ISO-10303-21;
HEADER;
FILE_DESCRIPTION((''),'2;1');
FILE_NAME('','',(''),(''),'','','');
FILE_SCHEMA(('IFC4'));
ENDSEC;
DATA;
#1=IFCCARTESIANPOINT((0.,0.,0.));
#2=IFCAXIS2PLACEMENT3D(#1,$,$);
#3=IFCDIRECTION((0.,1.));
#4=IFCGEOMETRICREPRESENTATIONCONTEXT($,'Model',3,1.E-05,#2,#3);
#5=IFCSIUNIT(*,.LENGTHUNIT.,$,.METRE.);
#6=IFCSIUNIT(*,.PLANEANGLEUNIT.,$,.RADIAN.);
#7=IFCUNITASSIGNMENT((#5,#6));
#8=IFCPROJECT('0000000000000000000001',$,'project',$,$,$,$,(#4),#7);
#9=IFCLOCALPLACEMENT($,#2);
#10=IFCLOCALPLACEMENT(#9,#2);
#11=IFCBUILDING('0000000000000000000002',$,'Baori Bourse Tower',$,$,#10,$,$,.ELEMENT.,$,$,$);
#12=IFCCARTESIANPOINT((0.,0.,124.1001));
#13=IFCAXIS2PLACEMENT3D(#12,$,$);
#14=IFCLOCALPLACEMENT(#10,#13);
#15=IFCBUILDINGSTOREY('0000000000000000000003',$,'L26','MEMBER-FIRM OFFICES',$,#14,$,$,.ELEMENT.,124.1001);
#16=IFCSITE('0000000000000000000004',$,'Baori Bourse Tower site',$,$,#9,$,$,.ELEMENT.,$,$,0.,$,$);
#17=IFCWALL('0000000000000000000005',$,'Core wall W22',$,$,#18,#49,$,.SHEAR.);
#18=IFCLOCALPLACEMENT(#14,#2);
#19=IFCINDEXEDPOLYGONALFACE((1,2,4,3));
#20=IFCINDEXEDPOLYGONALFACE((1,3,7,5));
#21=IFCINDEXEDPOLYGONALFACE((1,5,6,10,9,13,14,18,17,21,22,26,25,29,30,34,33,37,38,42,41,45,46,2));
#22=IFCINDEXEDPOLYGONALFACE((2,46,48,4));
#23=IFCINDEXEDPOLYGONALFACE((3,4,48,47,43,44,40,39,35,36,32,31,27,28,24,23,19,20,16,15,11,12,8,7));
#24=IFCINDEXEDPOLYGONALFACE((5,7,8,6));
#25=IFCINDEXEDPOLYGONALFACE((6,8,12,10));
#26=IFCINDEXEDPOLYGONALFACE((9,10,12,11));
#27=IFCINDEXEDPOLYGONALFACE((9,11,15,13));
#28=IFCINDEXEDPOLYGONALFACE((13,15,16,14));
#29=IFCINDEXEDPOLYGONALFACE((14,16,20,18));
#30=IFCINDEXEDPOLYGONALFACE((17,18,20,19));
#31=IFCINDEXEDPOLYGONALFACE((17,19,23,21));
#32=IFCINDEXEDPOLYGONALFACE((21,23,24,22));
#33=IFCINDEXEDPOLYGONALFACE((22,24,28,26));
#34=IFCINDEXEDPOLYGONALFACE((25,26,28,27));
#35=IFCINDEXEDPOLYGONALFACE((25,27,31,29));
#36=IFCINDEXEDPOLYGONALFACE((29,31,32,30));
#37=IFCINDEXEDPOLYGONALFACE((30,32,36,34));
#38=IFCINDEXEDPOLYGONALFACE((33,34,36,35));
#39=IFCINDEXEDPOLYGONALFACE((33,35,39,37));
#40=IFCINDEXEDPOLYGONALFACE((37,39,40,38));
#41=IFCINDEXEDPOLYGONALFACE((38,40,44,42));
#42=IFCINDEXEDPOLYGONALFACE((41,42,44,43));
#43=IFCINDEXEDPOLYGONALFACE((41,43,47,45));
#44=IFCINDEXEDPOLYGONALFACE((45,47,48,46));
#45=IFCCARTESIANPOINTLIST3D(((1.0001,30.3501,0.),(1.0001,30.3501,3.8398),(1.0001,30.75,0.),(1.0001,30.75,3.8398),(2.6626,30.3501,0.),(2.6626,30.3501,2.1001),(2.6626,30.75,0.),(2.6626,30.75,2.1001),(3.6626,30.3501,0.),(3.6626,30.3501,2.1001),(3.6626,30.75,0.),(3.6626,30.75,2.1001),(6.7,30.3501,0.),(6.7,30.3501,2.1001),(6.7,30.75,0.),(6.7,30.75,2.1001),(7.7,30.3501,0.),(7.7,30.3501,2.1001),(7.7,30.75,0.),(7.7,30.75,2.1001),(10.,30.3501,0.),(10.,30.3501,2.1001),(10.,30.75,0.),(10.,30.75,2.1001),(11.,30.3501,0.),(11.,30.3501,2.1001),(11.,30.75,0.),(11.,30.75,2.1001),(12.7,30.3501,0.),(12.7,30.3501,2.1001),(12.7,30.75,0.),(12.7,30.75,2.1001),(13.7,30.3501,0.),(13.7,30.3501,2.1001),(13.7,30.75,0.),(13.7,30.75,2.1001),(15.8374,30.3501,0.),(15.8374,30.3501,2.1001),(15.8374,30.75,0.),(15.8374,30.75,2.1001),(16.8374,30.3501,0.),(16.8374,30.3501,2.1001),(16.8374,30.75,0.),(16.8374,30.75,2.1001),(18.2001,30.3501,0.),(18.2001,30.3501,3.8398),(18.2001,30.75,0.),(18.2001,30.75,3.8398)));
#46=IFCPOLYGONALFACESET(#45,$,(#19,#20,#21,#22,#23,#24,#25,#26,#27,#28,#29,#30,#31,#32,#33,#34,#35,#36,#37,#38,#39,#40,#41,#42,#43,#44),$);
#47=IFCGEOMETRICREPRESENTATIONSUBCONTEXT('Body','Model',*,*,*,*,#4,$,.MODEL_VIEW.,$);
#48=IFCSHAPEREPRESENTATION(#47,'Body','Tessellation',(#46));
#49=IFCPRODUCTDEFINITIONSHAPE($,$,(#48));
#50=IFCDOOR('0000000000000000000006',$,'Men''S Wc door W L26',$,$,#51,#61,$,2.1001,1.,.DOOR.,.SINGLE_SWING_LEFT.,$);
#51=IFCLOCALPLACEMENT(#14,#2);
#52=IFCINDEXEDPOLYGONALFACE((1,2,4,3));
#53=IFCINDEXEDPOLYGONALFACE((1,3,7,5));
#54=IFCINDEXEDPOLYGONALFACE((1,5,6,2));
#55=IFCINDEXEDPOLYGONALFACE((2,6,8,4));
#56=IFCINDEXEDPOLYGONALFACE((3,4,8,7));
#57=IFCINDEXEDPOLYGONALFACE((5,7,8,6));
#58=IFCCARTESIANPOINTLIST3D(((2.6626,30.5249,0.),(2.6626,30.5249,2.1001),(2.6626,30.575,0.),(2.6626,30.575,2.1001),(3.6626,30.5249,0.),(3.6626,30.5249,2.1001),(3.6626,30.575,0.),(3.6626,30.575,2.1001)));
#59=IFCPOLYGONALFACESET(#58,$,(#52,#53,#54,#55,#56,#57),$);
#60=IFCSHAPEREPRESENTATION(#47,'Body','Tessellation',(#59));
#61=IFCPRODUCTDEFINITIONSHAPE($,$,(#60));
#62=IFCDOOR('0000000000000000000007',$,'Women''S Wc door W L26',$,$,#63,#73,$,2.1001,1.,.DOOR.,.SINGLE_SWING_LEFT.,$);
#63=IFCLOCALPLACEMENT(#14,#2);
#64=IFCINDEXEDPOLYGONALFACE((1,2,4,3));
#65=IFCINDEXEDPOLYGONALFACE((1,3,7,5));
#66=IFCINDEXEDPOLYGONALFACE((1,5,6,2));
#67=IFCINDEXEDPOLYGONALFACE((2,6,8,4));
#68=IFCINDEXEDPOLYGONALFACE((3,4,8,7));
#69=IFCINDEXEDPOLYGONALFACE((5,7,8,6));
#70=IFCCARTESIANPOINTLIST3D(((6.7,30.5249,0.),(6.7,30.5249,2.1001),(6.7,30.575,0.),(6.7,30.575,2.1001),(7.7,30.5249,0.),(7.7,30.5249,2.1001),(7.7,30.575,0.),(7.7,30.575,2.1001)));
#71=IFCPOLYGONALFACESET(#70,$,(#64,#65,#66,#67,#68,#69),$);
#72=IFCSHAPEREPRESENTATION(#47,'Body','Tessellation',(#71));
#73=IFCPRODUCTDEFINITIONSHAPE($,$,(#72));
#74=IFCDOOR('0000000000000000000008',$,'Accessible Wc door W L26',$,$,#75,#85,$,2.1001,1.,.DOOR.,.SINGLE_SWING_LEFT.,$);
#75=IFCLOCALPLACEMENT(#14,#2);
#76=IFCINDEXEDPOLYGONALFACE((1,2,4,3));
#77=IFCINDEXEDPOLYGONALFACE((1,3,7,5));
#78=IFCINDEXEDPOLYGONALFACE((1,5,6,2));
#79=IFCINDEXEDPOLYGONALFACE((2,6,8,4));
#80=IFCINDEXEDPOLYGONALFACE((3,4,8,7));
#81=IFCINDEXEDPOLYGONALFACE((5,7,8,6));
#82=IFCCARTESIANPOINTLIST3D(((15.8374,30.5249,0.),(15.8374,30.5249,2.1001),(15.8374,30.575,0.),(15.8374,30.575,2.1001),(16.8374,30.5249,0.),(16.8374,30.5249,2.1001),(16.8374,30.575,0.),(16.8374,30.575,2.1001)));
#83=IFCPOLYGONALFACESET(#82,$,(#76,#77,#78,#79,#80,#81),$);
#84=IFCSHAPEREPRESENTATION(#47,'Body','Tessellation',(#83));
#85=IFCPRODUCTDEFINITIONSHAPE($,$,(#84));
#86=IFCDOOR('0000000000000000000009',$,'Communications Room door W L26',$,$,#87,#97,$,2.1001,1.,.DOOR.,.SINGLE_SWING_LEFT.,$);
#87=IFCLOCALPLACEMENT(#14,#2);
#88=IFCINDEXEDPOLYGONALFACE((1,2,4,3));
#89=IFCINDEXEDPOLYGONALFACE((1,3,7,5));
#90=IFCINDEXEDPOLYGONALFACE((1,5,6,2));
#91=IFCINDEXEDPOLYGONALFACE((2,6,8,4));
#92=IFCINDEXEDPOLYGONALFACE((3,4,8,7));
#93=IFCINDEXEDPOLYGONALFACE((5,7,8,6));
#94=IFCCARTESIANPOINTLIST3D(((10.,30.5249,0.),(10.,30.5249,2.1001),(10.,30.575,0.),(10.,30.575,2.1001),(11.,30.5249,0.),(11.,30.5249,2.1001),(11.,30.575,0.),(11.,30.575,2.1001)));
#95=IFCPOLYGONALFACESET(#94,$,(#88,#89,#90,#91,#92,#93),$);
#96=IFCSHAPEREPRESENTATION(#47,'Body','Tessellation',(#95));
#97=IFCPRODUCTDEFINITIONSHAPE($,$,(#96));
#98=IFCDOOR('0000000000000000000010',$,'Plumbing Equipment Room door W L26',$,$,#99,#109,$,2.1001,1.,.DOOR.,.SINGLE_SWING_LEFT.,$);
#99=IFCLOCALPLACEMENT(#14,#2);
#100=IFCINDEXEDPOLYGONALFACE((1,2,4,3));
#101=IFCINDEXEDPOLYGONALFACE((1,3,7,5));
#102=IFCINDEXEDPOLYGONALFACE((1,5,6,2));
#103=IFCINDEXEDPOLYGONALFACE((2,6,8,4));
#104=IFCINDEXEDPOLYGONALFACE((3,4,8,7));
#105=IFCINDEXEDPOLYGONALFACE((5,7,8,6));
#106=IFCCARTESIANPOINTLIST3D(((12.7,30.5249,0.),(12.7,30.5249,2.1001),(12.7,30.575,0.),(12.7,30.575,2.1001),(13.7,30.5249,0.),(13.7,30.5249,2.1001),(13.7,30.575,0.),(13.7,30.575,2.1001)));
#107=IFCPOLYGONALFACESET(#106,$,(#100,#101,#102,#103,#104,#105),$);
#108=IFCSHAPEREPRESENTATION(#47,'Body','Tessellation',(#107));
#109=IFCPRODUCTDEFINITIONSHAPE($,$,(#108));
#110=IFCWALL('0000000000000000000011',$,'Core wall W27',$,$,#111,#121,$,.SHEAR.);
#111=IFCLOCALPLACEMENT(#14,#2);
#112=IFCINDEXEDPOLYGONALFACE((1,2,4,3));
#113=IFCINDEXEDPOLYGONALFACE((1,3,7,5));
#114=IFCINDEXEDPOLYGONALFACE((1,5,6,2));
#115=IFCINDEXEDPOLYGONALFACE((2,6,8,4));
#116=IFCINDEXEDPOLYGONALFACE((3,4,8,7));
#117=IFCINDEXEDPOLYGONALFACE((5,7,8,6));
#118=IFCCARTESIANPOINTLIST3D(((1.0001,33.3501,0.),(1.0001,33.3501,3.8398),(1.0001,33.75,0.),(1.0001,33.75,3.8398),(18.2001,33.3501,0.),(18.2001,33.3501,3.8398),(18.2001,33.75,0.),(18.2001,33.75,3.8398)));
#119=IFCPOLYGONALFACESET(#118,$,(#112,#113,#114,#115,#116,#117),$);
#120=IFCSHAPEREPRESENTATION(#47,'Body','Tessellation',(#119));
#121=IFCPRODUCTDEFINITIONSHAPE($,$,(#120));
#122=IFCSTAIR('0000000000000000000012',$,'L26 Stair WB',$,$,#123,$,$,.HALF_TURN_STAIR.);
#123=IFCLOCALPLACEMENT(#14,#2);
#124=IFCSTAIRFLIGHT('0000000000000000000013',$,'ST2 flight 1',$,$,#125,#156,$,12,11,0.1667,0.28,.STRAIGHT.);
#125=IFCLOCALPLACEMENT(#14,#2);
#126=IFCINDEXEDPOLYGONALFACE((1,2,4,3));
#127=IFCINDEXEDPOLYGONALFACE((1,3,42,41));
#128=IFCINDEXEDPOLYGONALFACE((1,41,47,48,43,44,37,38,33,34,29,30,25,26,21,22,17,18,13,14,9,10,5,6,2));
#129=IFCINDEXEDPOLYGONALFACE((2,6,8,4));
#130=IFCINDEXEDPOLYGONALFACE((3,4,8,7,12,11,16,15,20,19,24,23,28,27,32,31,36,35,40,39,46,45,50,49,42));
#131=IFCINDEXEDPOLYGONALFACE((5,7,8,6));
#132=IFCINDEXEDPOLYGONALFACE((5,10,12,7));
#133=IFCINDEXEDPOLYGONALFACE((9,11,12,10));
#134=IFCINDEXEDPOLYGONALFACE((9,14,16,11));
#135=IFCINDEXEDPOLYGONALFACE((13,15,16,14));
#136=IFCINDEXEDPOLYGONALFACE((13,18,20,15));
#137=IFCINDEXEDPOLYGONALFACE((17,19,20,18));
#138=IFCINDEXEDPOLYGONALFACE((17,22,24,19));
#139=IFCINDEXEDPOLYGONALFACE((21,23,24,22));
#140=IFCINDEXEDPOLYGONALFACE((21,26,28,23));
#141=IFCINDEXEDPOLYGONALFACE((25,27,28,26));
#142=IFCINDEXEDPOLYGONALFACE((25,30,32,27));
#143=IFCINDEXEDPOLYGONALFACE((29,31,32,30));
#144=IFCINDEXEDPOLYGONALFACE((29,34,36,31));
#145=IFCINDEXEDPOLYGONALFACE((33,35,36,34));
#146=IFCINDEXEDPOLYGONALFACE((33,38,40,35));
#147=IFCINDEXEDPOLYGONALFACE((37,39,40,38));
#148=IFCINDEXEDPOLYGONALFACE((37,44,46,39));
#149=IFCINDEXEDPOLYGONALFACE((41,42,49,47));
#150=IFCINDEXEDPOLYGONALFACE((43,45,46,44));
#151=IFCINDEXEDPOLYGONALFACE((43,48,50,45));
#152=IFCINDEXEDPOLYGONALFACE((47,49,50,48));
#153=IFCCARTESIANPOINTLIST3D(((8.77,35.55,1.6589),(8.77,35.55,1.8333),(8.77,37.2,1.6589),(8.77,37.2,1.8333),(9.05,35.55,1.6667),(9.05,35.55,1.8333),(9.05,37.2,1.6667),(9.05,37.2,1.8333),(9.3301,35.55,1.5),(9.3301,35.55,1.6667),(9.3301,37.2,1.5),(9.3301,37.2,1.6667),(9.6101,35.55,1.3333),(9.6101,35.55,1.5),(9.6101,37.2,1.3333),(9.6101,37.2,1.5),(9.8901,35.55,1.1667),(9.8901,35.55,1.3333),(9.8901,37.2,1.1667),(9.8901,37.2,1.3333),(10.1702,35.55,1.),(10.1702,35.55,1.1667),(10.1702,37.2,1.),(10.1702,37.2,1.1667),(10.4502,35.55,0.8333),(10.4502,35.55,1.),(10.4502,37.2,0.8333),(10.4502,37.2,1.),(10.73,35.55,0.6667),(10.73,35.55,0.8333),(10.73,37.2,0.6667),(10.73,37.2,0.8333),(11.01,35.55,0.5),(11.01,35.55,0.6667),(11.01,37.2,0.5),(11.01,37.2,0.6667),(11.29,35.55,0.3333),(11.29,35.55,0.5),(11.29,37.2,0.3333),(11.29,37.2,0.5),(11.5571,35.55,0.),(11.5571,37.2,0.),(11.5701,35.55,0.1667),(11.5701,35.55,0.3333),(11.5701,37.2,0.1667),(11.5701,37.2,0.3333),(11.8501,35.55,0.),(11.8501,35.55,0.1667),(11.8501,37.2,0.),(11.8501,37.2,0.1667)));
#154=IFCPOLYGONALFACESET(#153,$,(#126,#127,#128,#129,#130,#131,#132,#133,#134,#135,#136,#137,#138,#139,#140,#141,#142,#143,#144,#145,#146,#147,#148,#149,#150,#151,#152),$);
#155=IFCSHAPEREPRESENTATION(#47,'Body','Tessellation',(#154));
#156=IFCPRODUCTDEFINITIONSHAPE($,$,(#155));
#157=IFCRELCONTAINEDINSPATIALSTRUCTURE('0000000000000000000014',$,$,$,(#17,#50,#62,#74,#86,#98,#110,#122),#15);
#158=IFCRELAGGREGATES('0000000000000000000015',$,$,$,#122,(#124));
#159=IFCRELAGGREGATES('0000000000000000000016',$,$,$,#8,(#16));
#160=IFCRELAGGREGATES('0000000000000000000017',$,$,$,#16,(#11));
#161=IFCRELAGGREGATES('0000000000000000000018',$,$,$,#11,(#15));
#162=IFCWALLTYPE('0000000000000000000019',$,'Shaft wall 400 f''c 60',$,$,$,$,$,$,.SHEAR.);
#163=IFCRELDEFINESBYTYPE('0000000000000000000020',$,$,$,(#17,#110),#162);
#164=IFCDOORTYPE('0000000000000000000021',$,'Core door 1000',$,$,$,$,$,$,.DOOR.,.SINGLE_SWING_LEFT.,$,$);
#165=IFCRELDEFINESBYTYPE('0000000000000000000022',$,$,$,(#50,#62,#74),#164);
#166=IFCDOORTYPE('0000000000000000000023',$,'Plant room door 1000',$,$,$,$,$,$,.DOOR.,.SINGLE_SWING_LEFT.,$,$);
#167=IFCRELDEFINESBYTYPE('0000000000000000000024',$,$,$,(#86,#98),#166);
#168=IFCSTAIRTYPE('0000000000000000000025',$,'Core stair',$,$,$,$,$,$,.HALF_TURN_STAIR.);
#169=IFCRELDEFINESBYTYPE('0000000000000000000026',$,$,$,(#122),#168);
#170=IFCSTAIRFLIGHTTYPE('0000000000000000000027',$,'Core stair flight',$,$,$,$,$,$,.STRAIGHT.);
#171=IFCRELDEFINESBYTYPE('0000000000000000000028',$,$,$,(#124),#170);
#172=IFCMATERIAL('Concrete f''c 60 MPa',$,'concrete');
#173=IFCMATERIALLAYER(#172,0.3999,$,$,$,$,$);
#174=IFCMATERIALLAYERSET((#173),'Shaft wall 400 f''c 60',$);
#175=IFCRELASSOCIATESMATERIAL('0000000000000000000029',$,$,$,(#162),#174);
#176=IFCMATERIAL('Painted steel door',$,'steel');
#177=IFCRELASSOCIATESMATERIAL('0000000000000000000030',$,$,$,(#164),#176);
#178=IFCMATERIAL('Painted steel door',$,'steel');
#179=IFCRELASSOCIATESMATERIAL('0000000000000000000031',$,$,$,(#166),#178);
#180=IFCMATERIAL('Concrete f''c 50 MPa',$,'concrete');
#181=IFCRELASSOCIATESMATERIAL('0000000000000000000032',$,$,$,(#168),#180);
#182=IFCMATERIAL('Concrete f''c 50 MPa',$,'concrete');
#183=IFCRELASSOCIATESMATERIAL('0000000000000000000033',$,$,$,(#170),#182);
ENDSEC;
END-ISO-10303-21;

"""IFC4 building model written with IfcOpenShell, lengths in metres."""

from ifc_helpers import new_model, si_unit, direction, frame, frame_2d, origin, place, context, subcontext, project, spatial, polyline, rectangle, outline, extrude, material, layer, layer_set, type_object, element, fill, aggregate, save


model = new_model("IFC4")

# Units and contexts
model_context = context("Model", 3, precision=1e-05, world=origin(), true_north=direction((0.0, 1.0)))
body_context = subcontext(model_context, "Body", "Model", "MODEL_VIEW")
ifc_project = project(units=[si_unit("LENGTHUNIT", "METRE"), si_unit("PLANEANGLEUNIT", "RADIAN")], contexts=[model_context])

# Site, building, storey
site_placement = place(None, origin())
site = spatial("IfcSite", under=ifc_project, at=site_placement, Name="Baori Bourse Tower site", CompositionType="ELEMENT", RefElevation=0.0)
building_placement = place(site_placement, origin())
building = spatial("IfcBuilding", under=site, at=building_placement, Name="Baori Bourse Tower", CompositionType="ELEMENT")
storey_placement = place(building_placement, frame((0.0, 0.0, 124.1001)))
storey = spatial("IfcBuildingStorey", under=building, at=storey_placement, Name="L26", Description="MEMBER-FIRM OFFICES", CompositionType="ELEMENT", Elevation=124.1001)

# Wall, openings, doors
ifc_material_1 = material(Name="Concrete f'c 60 MPa", Category="concrete")
ifc_layer_1 = layer(ifc_material_1, 0.3999)
ifc_layer_set_1 = layer_set([ifc_layer_1], Name="Shaft wall 400 f'c 60")
wall_type_1 = type_object("IfcWallType", Name="Shaft wall 400 f'c 60", PredefinedType="SHEAR", material=ifc_layer_set_1)
wall_1_placement = place(storey_placement, frame((1.0, 30.55, 0.0), z_axis=(0.0, 0.0, 1.0), x_axis=(1.0, 0.0, 0.0)))
wall_1 = element("IfcWall", 1, at=wall_1_placement, inside=storey, type_object=wall_type_1, Name="Core wall W22", PredefinedType="SHEAR", context=body_context, shape_type="SweptSolid", body=[
    extrude(rectangle(XDim=17.2, YDim=0.3999, at=frame_2d((8.6001, 0.0))), origin(), (0.0, 0.0, 1.0), 3.8398),
])
opening_1_placement = place(wall_1_placement, frame((1.6626, 0.0, 0.0)))
opening_1 = element("IfcOpeningElement", 2, at=opening_1_placement, cuts=wall_1, PredefinedType="OPENING", context=body_context, shape_type="SweptSolid", body=[
    extrude(rectangle(XDim=1.0, YDim=2.1001, at=frame_2d((0.5, 1.05))), frame((0.0, 0.21, 0.0), z_axis=(0.0, -1.0, 0.0), x_axis=(1.0, 0.0, 0.0)), (0.0, 0.0, 1.0), 0.4199),
])
opening_2_placement = place(wall_1_placement, frame((5.7, 0.0, 0.0)))
opening_2 = element("IfcOpeningElement", 3, at=opening_2_placement, cuts=wall_1, PredefinedType="OPENING", context=body_context, shape_type="SweptSolid", body=[
    extrude(rectangle(XDim=1.0, YDim=2.1001, at=frame_2d((0.5, 1.05))), frame((0.0, 0.21, 0.0), z_axis=(0.0, -1.0, 0.0), x_axis=(1.0, 0.0, 0.0)), (0.0, 0.0, 1.0), 0.4199),
])
opening_3_placement = place(wall_1_placement, frame((9.0, 0.0, 0.0)))
opening_3 = element("IfcOpeningElement", 4, at=opening_3_placement, cuts=wall_1, PredefinedType="OPENING", context=body_context, shape_type="SweptSolid", body=[
    extrude(rectangle(XDim=1.0, YDim=2.1001, at=frame_2d((0.5, 1.05))), frame((0.0, 0.21, 0.0), z_axis=(0.0, -1.0, 0.0), x_axis=(1.0, 0.0, 0.0)), (0.0, 0.0, 1.0), 0.4199),
])
opening_4_placement = place(wall_1_placement, frame((11.7, 0.0, 0.0)))
opening_4 = element("IfcOpeningElement", 5, at=opening_4_placement, cuts=wall_1, PredefinedType="OPENING", context=body_context, shape_type="SweptSolid", body=[
    extrude(rectangle(XDim=1.0, YDim=2.1001, at=frame_2d((0.5, 1.05))), frame((0.0, 0.21, 0.0), z_axis=(0.0, -1.0, 0.0), x_axis=(1.0, 0.0, 0.0)), (0.0, 0.0, 1.0), 0.4199),
])
opening_5_placement = place(wall_1_placement, frame((14.8374, 0.0, 0.0)))
opening_5 = element("IfcOpeningElement", 6, at=opening_5_placement, cuts=wall_1, PredefinedType="OPENING", context=body_context, shape_type="SweptSolid", body=[
    extrude(rectangle(XDim=1.0, YDim=2.1001, at=frame_2d((0.5, 1.05))), frame((0.0, 0.21, 0.0), z_axis=(0.0, -1.0, 0.0), x_axis=(1.0, 0.0, 0.0)), (0.0, 0.0, 1.0), 0.4199),
])
ifc_material_2 = material(Name="Painted steel door", Category="steel")
door_type_1 = type_object("IfcDoorType", Name="Core door 1000", OperationType="SINGLE_SWING_LEFT", PredefinedType="DOOR", material=ifc_material_2)
door_1_placement = place(opening_1_placement, origin())
door_1 = element("IfcDoor", 7, at=door_1_placement, inside=storey, type_object=door_type_1, Name="Men'S Wc door W L26", OperationType="SINGLE_SWING_LEFT", OverallHeight=2.1001, OverallWidth=1.0, PredefinedType="DOOR", context=body_context, shape_type="SweptSolid", body=[
    extrude(rectangle(XDim=1.0, YDim=2.1001, at=frame_2d((0.5, 1.05))), frame((0.0, 0.0249, 0.0), z_axis=(0.0, -1.0, 0.0), x_axis=(1.0, 0.0, 0.0)), (0.0, 0.0, 1.0), 0.05),
])
fill(opening_1, door_1)
door_2_placement = place(opening_2_placement, origin())
door_2 = element("IfcDoor", 8, at=door_2_placement, inside=storey, type_object=door_type_1, Name="Women'S Wc door W L26", OperationType="SINGLE_SWING_LEFT", OverallHeight=2.1001, OverallWidth=1.0, PredefinedType="DOOR", context=body_context, shape_type="SweptSolid", body=[
    extrude(rectangle(XDim=1.0, YDim=2.1001, at=frame_2d((0.5, 1.05))), frame((0.0, 0.0249, 0.0), z_axis=(0.0, -1.0, 0.0), x_axis=(1.0, 0.0, 0.0)), (0.0, 0.0, 1.0), 0.05),
])
fill(opening_2, door_2)
door_3_placement = place(opening_5_placement, origin())
door_3 = element("IfcDoor", 9, at=door_3_placement, inside=storey, type_object=door_type_1, Name="Accessible Wc door W L26", OperationType="SINGLE_SWING_LEFT", OverallHeight=2.1001, OverallWidth=1.0, PredefinedType="DOOR", context=body_context, shape_type="SweptSolid", body=[
    extrude(rectangle(XDim=1.0, YDim=2.1001, at=frame_2d((0.5, 1.05))), frame((0.0, 0.0249, 0.0), z_axis=(0.0, -1.0, 0.0), x_axis=(1.0, 0.0, 0.0)), (0.0, 0.0, 1.0), 0.05),
])
fill(opening_5, door_3)
ifc_material_3 = material(Name="Painted steel door", Category="steel")
door_type_2 = type_object("IfcDoorType", Name="Plant room door 1000", OperationType="SINGLE_SWING_LEFT", PredefinedType="DOOR", material=ifc_material_3)
door_4_placement = place(opening_3_placement, origin())
door_4 = element("IfcDoor", 10, at=door_4_placement, inside=storey, type_object=door_type_2, Name="Communications Room door W L26", OperationType="SINGLE_SWING_LEFT", OverallHeight=2.1001, OverallWidth=1.0, PredefinedType="DOOR", context=body_context, shape_type="SweptSolid", body=[
    extrude(rectangle(XDim=1.0, YDim=2.1001, at=frame_2d((0.5, 1.05))), frame((0.0, 0.0249, 0.0), z_axis=(0.0, -1.0, 0.0), x_axis=(1.0, 0.0, 0.0)), (0.0, 0.0, 1.0), 0.05),
])
fill(opening_3, door_4)
door_5_placement = place(opening_4_placement, origin())
door_5 = element("IfcDoor", 11, at=door_5_placement, inside=storey, type_object=door_type_2, Name="Plumbing Equipment Room door W L26", OperationType="SINGLE_SWING_LEFT", OverallHeight=2.1001, OverallWidth=1.0, PredefinedType="DOOR", context=body_context, shape_type="SweptSolid", body=[
    extrude(rectangle(XDim=1.0, YDim=2.1001, at=frame_2d((0.5, 1.05))), frame((0.0, 0.0249, 0.0), z_axis=(0.0, -1.0, 0.0), x_axis=(1.0, 0.0, 0.0)), (0.0, 0.0, 1.0), 0.05),
])
fill(opening_4, door_5)

# Wall
wall_2_placement = place(storey_placement, frame((1.0, 33.55, 0.0), z_axis=(0.0, 0.0, 1.0), x_axis=(1.0, 0.0, 0.0)))
element("IfcWall", 12, at=wall_2_placement, inside=storey, type_object=wall_type_1, Name="Core wall W27", PredefinedType="SHEAR", context=body_context, shape_type="SweptSolid", body=[
    extrude(rectangle(XDim=17.2, YDim=0.3999, at=frame_2d((8.6001, 0.0))), origin(), (0.0, 0.0, 1.0), 3.8398),
])

# Stair, stair flight
ifc_material_4 = material(Name="Concrete f'c 50 MPa", Category="concrete")
stair_type = type_object("IfcStairType", Name="Core stair", PredefinedType="HALF_TURN_STAIR", material=ifc_material_4)
stair_placement = place(storey_placement, origin())
stair = element("IfcStair", 13, at=stair_placement, inside=storey, type_object=stair_type, Name="L26 Stair WB", PredefinedType="HALF_TURN_STAIR")
ifc_material_5 = material(Name="Concrete f'c 50 MPa", Category="concrete")
stair_flight_type = type_object("IfcStairFlightType", Name="Core stair flight", PredefinedType="STRAIGHT", material=ifc_material_5)
stair_flight_1_placement = place(storey_placement, frame((11.8501, 36.375, 0.0), z_axis=(0.0, 0.0, 1.0), x_axis=(-1.0, 0.0, 0.0)))
stair_flight_1 = element("IfcStairFlight", 14, at=stair_flight_1_placement, type_object=stair_flight_type, Name="ST2 flight 1", NumberOfRisers=12, NumberOfTreads=11, PredefinedType="STRAIGHT", RiserHeight=0.1667, TreadLength=0.28, context=body_context, shape_type="SweptSolid", body=[
    extrude(outline(polyline([(0.0, 0.0), (0.0, 0.1667), (0.28, 0.1667), (0.28, 0.3333), (0.5601, 0.3333), (0.5601, 0.5), (0.8401, 0.5), (0.8401, 0.6667), (1.1201, 0.6667), (1.1201, 0.8333), (1.3999, 0.8333), (1.3999, 1.0), (1.6799, 1.0), (1.6799, 1.1667), (1.96, 1.1667), (1.96, 1.3333), (2.24, 1.3333), (2.24, 1.5), (2.52, 1.5), (2.52, 1.6667), (2.8, 1.6667), (2.8, 1.8333), (3.0801, 1.8333), (3.0801, 2.0), (3.0801, 1.6589), (0.293, 0.0), (0.0, 0.0)])), frame((0.0, 0.825, 0.0), z_axis=(0.0, -1.0, 0.0), x_axis=(1.0, 0.0, 0.0)), (0.0, 0.0, 1.0), 1.6499),
])
aggregate(stair, [stair_flight_1])

save(model, "model.ifc")
